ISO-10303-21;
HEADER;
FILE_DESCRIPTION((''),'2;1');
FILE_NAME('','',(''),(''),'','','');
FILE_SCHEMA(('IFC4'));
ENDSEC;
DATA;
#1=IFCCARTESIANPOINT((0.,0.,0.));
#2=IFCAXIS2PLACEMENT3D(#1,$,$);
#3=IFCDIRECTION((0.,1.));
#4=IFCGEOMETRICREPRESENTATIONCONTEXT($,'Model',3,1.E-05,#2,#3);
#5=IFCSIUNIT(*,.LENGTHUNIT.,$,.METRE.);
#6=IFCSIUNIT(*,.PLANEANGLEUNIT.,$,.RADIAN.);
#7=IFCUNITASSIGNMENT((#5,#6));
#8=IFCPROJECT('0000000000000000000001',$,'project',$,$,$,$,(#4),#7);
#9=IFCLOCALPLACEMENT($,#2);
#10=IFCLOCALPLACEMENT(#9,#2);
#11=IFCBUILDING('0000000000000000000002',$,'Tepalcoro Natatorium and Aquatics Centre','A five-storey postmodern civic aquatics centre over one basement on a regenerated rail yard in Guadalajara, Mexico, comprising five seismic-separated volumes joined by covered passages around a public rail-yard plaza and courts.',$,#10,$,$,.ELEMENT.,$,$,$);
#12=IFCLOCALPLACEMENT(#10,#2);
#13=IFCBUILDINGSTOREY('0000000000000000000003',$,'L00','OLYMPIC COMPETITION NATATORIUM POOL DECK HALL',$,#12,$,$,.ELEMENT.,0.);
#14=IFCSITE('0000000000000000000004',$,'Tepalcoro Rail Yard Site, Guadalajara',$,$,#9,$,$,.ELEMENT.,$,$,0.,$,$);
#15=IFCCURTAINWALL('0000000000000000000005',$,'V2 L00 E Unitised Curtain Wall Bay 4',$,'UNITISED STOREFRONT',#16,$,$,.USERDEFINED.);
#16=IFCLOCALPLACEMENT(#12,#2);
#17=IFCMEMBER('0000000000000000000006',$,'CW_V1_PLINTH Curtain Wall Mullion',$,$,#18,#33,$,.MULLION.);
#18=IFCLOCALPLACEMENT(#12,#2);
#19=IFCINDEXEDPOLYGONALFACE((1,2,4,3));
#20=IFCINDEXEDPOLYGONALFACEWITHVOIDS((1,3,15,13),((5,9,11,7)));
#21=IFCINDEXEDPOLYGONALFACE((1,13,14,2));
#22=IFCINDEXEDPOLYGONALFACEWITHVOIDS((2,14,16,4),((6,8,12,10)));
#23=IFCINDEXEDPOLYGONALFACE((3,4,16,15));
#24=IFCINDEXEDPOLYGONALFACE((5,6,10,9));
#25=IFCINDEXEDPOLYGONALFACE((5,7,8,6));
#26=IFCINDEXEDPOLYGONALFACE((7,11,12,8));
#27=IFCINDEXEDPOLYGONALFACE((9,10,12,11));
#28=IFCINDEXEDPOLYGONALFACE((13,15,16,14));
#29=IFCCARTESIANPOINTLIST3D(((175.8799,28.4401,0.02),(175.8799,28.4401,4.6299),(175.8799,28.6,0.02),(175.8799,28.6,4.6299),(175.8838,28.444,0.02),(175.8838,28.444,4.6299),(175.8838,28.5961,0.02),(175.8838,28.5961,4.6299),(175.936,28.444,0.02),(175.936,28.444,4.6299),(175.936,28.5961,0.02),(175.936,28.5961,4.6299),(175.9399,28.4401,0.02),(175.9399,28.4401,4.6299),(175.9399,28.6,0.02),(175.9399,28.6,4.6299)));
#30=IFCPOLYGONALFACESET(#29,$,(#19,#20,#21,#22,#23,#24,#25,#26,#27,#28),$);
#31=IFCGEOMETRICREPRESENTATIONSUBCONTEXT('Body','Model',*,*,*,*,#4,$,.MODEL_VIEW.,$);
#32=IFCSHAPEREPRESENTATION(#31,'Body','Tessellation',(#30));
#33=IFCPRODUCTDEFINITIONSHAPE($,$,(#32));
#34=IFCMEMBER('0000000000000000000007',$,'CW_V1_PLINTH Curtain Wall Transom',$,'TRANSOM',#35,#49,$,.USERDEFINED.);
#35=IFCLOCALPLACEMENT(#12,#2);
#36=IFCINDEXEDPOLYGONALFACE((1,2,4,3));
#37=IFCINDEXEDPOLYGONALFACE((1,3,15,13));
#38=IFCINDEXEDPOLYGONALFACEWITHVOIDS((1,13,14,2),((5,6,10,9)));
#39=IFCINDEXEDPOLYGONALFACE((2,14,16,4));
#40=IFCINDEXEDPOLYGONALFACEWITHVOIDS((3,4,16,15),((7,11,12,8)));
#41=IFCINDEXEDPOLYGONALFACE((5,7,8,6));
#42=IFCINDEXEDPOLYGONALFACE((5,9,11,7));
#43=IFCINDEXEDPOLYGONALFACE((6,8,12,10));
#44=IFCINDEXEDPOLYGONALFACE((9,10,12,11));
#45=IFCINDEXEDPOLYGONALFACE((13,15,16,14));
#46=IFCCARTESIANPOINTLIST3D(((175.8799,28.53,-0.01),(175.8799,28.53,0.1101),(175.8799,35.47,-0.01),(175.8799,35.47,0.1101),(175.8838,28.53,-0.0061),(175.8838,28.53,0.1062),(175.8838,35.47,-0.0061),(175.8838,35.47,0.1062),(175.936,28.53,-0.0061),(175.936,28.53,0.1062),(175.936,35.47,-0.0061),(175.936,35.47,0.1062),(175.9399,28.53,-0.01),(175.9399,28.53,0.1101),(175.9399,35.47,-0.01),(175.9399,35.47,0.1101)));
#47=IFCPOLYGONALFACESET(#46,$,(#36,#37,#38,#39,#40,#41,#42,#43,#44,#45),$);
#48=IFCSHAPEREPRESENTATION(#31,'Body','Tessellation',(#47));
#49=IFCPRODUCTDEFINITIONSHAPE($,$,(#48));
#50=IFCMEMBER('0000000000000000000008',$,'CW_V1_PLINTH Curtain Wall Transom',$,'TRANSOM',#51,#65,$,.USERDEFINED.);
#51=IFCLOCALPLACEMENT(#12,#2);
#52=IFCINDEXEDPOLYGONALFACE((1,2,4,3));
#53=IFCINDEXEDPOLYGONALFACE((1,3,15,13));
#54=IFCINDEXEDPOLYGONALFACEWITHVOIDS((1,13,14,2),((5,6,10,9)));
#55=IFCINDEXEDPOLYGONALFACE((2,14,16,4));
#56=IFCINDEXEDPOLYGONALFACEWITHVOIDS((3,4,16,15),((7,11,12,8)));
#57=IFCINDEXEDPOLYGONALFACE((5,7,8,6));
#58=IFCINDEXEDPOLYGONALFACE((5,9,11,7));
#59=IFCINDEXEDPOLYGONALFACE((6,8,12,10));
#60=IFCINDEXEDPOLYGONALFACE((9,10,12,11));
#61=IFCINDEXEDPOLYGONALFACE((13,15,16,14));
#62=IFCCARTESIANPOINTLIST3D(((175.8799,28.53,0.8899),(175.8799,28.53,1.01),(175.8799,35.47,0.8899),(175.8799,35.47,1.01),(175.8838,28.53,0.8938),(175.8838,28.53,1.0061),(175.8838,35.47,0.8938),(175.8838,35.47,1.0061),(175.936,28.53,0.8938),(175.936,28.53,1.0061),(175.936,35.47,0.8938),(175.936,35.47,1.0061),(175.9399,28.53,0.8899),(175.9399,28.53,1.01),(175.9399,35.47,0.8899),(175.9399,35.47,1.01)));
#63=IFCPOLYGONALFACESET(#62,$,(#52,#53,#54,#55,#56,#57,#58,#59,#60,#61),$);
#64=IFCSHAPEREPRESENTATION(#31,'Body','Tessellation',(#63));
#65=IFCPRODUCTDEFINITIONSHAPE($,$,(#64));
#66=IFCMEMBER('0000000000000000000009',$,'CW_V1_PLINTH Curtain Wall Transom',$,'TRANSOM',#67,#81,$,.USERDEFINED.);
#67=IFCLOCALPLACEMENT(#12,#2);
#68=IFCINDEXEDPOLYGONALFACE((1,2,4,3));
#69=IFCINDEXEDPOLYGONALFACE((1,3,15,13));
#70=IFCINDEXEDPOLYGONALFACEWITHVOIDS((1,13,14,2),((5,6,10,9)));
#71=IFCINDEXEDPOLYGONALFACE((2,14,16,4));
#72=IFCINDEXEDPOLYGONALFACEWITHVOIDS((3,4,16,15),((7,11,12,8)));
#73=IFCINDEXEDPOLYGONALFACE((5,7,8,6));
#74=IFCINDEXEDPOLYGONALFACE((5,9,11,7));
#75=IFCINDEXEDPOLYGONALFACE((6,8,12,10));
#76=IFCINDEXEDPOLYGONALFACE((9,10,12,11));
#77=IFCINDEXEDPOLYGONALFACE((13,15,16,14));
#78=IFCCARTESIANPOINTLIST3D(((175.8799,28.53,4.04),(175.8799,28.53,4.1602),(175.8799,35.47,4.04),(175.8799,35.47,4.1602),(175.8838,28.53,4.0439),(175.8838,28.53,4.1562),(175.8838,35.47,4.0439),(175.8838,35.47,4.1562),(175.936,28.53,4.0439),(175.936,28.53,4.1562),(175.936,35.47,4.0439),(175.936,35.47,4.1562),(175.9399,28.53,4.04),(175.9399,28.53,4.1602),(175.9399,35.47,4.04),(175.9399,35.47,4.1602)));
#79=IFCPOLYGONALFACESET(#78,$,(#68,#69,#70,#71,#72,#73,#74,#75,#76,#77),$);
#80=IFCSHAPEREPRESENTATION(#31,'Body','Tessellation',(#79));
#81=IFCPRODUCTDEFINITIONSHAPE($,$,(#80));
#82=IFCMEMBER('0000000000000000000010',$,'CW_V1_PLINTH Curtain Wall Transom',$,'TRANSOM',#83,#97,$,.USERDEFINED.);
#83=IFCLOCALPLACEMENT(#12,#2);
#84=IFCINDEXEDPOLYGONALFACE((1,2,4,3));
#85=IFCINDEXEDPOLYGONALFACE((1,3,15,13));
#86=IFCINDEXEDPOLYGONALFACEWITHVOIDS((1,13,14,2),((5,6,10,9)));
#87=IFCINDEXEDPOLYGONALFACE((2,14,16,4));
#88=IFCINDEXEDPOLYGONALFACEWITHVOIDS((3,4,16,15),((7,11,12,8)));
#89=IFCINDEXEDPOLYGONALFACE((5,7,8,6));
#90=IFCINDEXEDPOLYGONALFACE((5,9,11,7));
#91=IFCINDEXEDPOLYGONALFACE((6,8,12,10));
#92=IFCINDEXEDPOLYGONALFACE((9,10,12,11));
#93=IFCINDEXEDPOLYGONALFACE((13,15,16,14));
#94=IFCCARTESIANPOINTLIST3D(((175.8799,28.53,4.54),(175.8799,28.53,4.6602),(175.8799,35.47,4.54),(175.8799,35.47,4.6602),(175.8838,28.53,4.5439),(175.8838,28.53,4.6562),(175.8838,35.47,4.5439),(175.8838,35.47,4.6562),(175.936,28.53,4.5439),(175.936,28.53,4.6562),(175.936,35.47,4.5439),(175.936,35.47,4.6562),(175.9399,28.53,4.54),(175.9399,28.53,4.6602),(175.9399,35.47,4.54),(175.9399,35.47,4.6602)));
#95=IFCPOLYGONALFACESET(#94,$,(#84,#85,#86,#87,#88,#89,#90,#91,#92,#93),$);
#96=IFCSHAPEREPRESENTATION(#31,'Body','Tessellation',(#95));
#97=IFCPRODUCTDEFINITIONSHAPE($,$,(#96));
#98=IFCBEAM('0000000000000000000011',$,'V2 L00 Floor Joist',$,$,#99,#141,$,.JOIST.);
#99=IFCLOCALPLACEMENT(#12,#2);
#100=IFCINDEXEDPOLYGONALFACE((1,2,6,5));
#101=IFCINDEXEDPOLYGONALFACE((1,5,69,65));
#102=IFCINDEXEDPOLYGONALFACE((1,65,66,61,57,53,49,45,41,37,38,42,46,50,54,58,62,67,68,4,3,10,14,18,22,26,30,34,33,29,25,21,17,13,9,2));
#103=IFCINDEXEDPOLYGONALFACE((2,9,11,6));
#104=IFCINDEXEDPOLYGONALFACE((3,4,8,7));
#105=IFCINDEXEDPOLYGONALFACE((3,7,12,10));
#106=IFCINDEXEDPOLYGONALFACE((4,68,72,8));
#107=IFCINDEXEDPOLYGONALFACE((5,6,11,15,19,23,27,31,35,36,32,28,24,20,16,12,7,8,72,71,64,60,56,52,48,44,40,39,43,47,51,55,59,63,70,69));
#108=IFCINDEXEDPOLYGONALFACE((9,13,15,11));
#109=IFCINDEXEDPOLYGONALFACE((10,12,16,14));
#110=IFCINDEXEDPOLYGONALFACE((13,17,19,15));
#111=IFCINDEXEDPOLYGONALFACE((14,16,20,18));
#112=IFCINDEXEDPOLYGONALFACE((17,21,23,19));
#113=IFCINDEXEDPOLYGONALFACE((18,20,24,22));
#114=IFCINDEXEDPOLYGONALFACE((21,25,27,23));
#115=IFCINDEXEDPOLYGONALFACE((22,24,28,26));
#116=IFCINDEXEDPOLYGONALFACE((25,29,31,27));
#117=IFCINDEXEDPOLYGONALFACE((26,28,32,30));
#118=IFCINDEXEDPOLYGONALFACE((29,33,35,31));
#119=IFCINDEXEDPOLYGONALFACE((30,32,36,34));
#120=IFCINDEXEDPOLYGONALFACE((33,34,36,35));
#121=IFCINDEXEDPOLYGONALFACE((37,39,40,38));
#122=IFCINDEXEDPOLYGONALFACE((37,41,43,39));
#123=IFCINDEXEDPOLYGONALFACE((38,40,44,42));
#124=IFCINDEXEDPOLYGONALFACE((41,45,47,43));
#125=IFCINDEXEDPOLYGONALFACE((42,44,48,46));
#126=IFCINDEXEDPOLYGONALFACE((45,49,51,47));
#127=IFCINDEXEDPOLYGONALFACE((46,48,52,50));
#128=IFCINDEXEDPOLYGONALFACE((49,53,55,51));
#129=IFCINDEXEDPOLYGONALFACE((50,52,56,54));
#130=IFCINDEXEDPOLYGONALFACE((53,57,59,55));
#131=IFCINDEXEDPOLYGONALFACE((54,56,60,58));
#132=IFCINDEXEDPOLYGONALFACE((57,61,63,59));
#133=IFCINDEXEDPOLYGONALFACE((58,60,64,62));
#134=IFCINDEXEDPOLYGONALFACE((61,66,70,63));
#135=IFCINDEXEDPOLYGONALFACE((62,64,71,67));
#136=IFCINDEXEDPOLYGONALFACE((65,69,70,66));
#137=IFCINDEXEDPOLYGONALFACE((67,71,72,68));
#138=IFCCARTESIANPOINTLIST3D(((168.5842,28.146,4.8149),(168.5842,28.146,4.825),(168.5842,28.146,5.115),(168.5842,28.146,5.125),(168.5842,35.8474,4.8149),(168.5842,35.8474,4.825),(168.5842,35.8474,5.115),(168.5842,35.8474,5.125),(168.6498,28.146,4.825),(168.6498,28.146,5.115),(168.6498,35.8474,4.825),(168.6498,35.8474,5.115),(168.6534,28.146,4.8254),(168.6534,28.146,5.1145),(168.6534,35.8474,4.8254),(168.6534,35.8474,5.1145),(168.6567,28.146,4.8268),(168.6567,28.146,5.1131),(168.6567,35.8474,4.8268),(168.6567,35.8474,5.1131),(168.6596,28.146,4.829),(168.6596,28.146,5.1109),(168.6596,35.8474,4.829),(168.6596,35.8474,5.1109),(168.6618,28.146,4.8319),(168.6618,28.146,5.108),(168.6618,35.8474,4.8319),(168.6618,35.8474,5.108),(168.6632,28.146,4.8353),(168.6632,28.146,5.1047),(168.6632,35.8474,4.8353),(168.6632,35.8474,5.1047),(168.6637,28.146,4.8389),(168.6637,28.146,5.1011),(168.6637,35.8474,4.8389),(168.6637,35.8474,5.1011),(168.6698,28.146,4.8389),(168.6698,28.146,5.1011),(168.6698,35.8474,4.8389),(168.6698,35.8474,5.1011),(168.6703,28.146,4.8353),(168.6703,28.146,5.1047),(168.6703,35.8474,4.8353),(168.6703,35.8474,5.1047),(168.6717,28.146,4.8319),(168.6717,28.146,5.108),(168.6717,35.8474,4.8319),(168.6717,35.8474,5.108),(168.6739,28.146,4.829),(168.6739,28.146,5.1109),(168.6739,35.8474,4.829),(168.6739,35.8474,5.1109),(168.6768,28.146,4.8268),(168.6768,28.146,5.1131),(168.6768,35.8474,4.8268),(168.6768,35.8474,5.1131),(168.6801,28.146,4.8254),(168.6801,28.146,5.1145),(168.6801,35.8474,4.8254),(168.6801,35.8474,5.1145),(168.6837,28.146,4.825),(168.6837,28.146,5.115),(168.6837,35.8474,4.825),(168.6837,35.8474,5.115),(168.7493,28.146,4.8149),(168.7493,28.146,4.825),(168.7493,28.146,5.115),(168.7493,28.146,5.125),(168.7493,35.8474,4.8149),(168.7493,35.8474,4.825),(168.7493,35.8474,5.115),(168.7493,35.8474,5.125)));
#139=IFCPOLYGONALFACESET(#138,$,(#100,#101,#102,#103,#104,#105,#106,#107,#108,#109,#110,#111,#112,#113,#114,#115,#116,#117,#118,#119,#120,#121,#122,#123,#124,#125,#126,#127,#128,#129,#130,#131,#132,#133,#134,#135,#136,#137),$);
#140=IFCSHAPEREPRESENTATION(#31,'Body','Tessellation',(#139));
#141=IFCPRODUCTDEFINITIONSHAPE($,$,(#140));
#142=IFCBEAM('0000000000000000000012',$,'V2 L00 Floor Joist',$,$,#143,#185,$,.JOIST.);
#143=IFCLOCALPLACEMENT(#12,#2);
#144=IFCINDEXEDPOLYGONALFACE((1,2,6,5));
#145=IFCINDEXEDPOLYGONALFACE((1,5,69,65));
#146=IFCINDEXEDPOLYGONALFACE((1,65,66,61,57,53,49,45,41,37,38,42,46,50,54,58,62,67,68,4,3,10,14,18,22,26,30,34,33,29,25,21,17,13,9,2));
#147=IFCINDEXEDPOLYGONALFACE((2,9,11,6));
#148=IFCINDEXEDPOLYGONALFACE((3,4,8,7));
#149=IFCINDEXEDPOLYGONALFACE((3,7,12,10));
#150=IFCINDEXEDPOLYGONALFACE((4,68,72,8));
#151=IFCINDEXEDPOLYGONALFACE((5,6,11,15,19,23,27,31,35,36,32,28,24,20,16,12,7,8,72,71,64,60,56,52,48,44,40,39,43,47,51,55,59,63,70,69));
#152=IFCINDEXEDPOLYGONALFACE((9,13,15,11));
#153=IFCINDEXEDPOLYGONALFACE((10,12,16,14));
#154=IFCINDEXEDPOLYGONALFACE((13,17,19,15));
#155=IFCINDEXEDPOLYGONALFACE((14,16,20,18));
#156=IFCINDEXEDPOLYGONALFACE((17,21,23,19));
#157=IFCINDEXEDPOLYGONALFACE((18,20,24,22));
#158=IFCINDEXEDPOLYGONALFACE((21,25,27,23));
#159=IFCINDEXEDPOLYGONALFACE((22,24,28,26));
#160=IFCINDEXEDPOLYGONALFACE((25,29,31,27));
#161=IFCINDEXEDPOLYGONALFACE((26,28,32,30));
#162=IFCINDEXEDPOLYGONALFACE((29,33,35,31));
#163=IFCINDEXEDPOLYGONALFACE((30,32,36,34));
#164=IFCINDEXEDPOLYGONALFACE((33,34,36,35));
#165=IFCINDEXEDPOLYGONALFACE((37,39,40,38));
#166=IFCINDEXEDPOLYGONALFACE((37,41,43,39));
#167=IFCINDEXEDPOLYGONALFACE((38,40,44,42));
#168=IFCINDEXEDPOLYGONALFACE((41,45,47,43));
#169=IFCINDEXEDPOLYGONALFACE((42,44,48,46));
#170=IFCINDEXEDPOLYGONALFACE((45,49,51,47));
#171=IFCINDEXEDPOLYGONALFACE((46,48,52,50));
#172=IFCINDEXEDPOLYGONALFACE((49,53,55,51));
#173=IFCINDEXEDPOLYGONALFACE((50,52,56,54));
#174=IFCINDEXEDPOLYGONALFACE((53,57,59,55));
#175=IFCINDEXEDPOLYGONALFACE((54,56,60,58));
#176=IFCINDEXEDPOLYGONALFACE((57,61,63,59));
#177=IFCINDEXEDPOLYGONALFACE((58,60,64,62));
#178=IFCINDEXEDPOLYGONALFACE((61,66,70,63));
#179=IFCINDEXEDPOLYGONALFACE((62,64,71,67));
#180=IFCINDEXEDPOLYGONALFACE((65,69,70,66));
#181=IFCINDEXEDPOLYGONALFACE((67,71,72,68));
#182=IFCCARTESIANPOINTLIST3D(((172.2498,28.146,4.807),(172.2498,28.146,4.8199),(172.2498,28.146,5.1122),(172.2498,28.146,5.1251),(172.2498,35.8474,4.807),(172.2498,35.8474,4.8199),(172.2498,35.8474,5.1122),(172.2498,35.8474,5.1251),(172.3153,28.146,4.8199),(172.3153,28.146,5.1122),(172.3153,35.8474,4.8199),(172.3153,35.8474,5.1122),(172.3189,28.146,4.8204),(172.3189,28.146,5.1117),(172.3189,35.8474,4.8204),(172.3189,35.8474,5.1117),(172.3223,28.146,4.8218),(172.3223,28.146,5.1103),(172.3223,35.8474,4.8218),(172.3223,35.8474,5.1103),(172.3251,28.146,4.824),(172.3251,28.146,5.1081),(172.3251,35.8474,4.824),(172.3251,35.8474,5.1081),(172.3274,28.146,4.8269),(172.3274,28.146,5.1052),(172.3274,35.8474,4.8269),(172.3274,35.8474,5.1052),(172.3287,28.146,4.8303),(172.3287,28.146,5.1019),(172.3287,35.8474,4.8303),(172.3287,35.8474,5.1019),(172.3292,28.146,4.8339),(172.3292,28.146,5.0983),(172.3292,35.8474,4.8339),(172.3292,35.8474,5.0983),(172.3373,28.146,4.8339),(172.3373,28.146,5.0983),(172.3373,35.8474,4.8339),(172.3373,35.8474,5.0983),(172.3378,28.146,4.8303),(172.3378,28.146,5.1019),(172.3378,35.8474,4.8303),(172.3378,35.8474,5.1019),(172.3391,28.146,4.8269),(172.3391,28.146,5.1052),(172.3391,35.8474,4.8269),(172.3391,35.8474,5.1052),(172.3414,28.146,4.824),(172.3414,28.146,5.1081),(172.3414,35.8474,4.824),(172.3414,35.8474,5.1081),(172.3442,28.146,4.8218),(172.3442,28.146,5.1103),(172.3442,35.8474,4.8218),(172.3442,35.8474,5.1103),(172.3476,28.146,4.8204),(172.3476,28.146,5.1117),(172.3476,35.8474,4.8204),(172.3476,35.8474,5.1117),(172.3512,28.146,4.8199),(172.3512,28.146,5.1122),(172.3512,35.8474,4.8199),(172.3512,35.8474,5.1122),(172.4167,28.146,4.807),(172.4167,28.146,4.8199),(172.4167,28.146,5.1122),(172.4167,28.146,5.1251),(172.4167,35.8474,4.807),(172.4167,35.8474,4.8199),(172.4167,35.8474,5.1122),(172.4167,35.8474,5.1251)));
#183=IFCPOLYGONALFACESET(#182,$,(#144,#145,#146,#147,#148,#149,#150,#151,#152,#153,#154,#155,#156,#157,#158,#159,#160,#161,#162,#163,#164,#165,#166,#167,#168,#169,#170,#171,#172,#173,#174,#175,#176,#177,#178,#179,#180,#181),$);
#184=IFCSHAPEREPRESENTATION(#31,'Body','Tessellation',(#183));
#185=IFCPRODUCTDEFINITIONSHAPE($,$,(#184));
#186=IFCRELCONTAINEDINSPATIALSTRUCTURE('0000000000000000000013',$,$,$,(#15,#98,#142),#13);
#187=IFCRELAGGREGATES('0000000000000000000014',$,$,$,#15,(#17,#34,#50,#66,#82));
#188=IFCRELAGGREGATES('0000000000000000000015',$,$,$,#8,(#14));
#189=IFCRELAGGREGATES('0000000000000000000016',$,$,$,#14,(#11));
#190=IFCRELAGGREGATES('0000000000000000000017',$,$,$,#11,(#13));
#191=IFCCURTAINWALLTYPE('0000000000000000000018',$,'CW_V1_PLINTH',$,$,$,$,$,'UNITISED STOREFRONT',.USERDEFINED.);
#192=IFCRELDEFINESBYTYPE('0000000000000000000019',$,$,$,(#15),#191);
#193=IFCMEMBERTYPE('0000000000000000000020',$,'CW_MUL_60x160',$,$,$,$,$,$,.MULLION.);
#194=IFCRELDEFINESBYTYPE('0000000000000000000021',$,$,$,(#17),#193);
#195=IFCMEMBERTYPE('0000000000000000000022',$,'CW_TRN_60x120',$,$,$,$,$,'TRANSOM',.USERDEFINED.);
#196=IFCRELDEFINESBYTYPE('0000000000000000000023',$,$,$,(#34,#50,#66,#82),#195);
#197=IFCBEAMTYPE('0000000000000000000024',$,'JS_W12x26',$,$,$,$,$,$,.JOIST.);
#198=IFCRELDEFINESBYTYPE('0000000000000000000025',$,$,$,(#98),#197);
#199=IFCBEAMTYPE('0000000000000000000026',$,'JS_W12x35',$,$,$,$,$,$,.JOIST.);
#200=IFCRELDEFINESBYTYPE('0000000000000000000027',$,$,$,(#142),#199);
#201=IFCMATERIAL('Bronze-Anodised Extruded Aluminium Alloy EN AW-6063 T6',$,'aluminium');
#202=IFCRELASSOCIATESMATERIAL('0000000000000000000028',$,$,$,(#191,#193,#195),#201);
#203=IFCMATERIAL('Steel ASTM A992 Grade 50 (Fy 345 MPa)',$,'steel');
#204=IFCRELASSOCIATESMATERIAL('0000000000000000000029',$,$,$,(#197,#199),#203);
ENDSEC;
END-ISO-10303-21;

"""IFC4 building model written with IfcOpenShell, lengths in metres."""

from ifc_helpers import new_model, si_unit, direction, frame, origin, origin_2d, place, context, subcontext, project, spatial, hollow_rectangle, i_section, extrude, material, material_profile, profile_set, type_object, element, aggregate, save


model = new_model("IFC4")

# Units and contexts
model_context = context("Model", 3, precision=1e-05, world=origin(), true_north=direction((0.0, 1.0)))
body_context = subcontext(model_context, "Body", "Model", "MODEL_VIEW")
ifc_project = project(units=[si_unit("LENGTHUNIT", "METRE"), si_unit("PLANEANGLEUNIT", "RADIAN")], contexts=[model_context])

# Site, building, storey
site_placement = place(None, origin())
site = spatial("IfcSite", under=ifc_project, at=site_placement, Name="Tepalcoro Rail Yard Site, Guadalajara", CompositionType="ELEMENT", RefElevation=0.0)
building_placement = place(site_placement, origin())
building = spatial("IfcBuilding", under=site, at=building_placement, Name="Tepalcoro Natatorium and Aquatics Centre", Description="A five-storey postmodern civic aquatics centre over one basement on a regenerated rail yard in Guadalajara, Mexico, comprising five seismic-separated volumes joined by covered passages around a public rail-yard plaza and courts.", CompositionType="ELEMENT")
storey_placement = place(building_placement, origin())
storey = spatial("IfcBuildingStorey", under=building, at=storey_placement, Name="L00", Description="OLYMPIC COMPETITION NATATORIUM POOL DECK HALL", CompositionType="ELEMENT", Elevation=0.0)

# Shared definitions
ifc_material_1 = material(Name="Steel ASTM A992 Grade 50 (Fy 345 MPa)", Category="steel")

# Curtain wall, members
ifc_material_2 = material(Name="Bronze-Anodised Extruded Aluminium Alloy EN AW-6063 T6", Category="aluminium")
curtain_wall_type = type_object("IfcCurtainWallType", Name="CW_V1_PLINTH", ElementType="UNITISED STOREFRONT", PredefinedType="USERDEFINED", material=ifc_material_2)
curtain_wall_placement = place(storey_placement, origin())
curtain_wall = element("IfcCurtainWall", 1, at=curtain_wall_placement, inside=storey, type_object=curtain_wall_type, Name="V2 L00 E Unitised Curtain Wall Bay 4", ObjectType="UNITISED STOREFRONT", PredefinedType="USERDEFINED")
ifc_material_profile_1 = material_profile(ifc_material_2, hollow_rectangle(XDim=0.0601, YDim=0.1599, WallThickness=0.0039, at=origin_2d()), Name="AL60X160X4")
ifc_profile_set_1 = profile_set([ifc_material_profile_1], Name="Bronze-Anodised Extruded Aluminium Alloy EN AW-6063 T6")
member_type_1 = type_object("IfcMemberType", Name="CW_MUL_60x160", PredefinedType="MULLION", material=ifc_profile_set_1)
member_1_placement = place(storey_placement, frame((175.9099, 28.52, 0.02), z_axis=(0.0, 0.0, 1.0), x_axis=(1.0, 0.0, 0.0)))
member_1 = element("IfcMember", 2, at=member_1_placement, type_object=member_type_1, Name="CW_V1_PLINTH Curtain Wall Mullion", PredefinedType="MULLION", context=body_context, shape_type="SweptSolid", body=[
    extrude(hollow_rectangle(XDim=0.0601, YDim=0.1599, WallThickness=0.0039, at=origin_2d()), origin(), (0.0, 0.0, 1.0), 4.6099),
])
ifc_material_profile_2 = material_profile(ifc_material_2, hollow_rectangle(XDim=0.0601, YDim=0.1201, WallThickness=0.0039, at=origin_2d()), Name="AL60X120X4")
ifc_profile_set_2 = profile_set([ifc_material_profile_2], Name="Bronze-Anodised Extruded Aluminium Alloy EN AW-6063 T6")
member_type_2 = type_object("IfcMemberType", Name="CW_TRN_60x120", ElementType="TRANSOM", PredefinedType="USERDEFINED", material=ifc_profile_set_2)
member_2_placement = place(storey_placement, frame((175.9099, 28.53, 0.05), z_axis=(0.0, 1.0, 0.0), x_axis=(-1.0, 0.0, 0.0)))
member_2 = element("IfcMember", 3, at=member_2_placement, type_object=member_type_2, Name="CW_V1_PLINTH Curtain Wall Transom", ObjectType="TRANSOM", PredefinedType="USERDEFINED", context=body_context, shape_type="SweptSolid", body=[
    extrude(hollow_rectangle(XDim=0.0601, YDim=0.1201, WallThickness=0.0039, at=origin_2d()), origin(), (0.0, 0.0, 1.0), 6.9399),
])
member_3_placement = place(storey_placement, frame((175.9099, 28.53, 0.95), z_axis=(0.0, 1.0, 0.0), x_axis=(-1.0, 0.0, 0.0)))
member_3 = element("IfcMember", 4, at=member_3_placement, type_object=member_type_2, Name="CW_V1_PLINTH Curtain Wall Transom", ObjectType="TRANSOM", PredefinedType="USERDEFINED", context=body_context, shape_type="SweptSolid", body=[
    extrude(hollow_rectangle(XDim=0.0601, YDim=0.1201, WallThickness=0.0039, at=origin_2d()), origin(), (0.0, 0.0, 1.0), 6.9399),
])
member_4_placement = place(storey_placement, frame((175.9099, 28.53, 4.1001), z_axis=(0.0, 1.0, 0.0), x_axis=(-1.0, 0.0, 0.0)))
member_4 = element("IfcMember", 5, at=member_4_placement, type_object=member_type_2, Name="CW_V1_PLINTH Curtain Wall Transom", ObjectType="TRANSOM", PredefinedType="USERDEFINED", context=body_context, shape_type="SweptSolid", body=[
    extrude(hollow_rectangle(XDim=0.0601, YDim=0.1201, WallThickness=0.0039, at=origin_2d()), origin(), (0.0, 0.0, 1.0), 6.9399),
])
member_5_placement = place(storey_placement, frame((175.9099, 28.53, 4.6001), z_axis=(0.0, 1.0, 0.0), x_axis=(-1.0, 0.0, 0.0)))
member_5 = element("IfcMember", 6, at=member_5_placement, type_object=member_type_2, Name="CW_V1_PLINTH Curtain Wall Transom", ObjectType="TRANSOM", PredefinedType="USERDEFINED", context=body_context, shape_type="SweptSolid", body=[
    extrude(hollow_rectangle(XDim=0.0601, YDim=0.1201, WallThickness=0.0039, at=origin_2d()), origin(), (0.0, 0.0, 1.0), 6.9399),
])

# Beams
ifc_material_profile_3 = material_profile(ifc_material_1, i_section(OverallWidth=0.165, OverallDepth=0.3101, WebThickness=0.0061, FlangeThickness=0.01, FilletRadius=0.0139, at=origin_2d()), Name="W12X26")
ifc_profile_set_3 = profile_set([ifc_material_profile_3], Name="Steel ASTM A992 Grade 50 (Fy 345 MPa)")
beam_type_1 = type_object("IfcBeamType", Name="JS_W12x26", PredefinedType="JOIST", material=ifc_profile_set_3)
beam_1_placement = place(storey_placement, frame((168.6667, 28.146, 4.97), z_axis=(0.0, 1.0, 0.0), x_axis=(-1.0, 0.0, 0.0)))
element("IfcBeam", 7, at=beam_1_placement, inside=storey, type_object=beam_type_1, Name="V2 L00 Floor Joist", PredefinedType="JOIST", context=body_context, shape_type="SweptSolid", body=[
    extrude(i_section(OverallWidth=0.165, OverallDepth=0.3101, WebThickness=0.0061, FlangeThickness=0.01, FilletRadius=0.0139, at=origin_2d()), origin(), (0.0, 0.0, 1.0), 7.7014),
])
ifc_material_profile_4 = material_profile(ifc_material_1, i_section(OverallWidth=0.167, OverallDepth=0.3181, WebThickness=0.0081, FlangeThickness=0.0129, FilletRadius=0.0139, at=origin_2d()), Name="W12X35")
ifc_profile_set_4 = profile_set([ifc_material_profile_4], Name="Steel ASTM A992 Grade 50 (Fy 345 MPa)")
beam_type_2 = type_object("IfcBeamType", Name="JS_W12x35", PredefinedType="JOIST", material=ifc_profile_set_4)
beam_2_placement = place(storey_placement, frame((172.3333, 28.146, 4.9661), z_axis=(0.0, 1.0, 0.0), x_axis=(-1.0, 0.0, 0.0)))
element("IfcBeam", 8, at=beam_2_placement, inside=storey, type_object=beam_type_2, Name="V2 L00 Floor Joist", PredefinedType="JOIST", context=body_context, shape_type="SweptSolid", body=[
    extrude(i_section(OverallWidth=0.167, OverallDepth=0.3181, WebThickness=0.0081, FlangeThickness=0.0129, FilletRadius=0.0139, at=origin_2d()), origin(), (0.0, 0.0, 1.0), 7.7014),
])

aggregate(curtain_wall, [member_1, member_2, member_3, member_4, member_5])

save(model, "model.ifc")
